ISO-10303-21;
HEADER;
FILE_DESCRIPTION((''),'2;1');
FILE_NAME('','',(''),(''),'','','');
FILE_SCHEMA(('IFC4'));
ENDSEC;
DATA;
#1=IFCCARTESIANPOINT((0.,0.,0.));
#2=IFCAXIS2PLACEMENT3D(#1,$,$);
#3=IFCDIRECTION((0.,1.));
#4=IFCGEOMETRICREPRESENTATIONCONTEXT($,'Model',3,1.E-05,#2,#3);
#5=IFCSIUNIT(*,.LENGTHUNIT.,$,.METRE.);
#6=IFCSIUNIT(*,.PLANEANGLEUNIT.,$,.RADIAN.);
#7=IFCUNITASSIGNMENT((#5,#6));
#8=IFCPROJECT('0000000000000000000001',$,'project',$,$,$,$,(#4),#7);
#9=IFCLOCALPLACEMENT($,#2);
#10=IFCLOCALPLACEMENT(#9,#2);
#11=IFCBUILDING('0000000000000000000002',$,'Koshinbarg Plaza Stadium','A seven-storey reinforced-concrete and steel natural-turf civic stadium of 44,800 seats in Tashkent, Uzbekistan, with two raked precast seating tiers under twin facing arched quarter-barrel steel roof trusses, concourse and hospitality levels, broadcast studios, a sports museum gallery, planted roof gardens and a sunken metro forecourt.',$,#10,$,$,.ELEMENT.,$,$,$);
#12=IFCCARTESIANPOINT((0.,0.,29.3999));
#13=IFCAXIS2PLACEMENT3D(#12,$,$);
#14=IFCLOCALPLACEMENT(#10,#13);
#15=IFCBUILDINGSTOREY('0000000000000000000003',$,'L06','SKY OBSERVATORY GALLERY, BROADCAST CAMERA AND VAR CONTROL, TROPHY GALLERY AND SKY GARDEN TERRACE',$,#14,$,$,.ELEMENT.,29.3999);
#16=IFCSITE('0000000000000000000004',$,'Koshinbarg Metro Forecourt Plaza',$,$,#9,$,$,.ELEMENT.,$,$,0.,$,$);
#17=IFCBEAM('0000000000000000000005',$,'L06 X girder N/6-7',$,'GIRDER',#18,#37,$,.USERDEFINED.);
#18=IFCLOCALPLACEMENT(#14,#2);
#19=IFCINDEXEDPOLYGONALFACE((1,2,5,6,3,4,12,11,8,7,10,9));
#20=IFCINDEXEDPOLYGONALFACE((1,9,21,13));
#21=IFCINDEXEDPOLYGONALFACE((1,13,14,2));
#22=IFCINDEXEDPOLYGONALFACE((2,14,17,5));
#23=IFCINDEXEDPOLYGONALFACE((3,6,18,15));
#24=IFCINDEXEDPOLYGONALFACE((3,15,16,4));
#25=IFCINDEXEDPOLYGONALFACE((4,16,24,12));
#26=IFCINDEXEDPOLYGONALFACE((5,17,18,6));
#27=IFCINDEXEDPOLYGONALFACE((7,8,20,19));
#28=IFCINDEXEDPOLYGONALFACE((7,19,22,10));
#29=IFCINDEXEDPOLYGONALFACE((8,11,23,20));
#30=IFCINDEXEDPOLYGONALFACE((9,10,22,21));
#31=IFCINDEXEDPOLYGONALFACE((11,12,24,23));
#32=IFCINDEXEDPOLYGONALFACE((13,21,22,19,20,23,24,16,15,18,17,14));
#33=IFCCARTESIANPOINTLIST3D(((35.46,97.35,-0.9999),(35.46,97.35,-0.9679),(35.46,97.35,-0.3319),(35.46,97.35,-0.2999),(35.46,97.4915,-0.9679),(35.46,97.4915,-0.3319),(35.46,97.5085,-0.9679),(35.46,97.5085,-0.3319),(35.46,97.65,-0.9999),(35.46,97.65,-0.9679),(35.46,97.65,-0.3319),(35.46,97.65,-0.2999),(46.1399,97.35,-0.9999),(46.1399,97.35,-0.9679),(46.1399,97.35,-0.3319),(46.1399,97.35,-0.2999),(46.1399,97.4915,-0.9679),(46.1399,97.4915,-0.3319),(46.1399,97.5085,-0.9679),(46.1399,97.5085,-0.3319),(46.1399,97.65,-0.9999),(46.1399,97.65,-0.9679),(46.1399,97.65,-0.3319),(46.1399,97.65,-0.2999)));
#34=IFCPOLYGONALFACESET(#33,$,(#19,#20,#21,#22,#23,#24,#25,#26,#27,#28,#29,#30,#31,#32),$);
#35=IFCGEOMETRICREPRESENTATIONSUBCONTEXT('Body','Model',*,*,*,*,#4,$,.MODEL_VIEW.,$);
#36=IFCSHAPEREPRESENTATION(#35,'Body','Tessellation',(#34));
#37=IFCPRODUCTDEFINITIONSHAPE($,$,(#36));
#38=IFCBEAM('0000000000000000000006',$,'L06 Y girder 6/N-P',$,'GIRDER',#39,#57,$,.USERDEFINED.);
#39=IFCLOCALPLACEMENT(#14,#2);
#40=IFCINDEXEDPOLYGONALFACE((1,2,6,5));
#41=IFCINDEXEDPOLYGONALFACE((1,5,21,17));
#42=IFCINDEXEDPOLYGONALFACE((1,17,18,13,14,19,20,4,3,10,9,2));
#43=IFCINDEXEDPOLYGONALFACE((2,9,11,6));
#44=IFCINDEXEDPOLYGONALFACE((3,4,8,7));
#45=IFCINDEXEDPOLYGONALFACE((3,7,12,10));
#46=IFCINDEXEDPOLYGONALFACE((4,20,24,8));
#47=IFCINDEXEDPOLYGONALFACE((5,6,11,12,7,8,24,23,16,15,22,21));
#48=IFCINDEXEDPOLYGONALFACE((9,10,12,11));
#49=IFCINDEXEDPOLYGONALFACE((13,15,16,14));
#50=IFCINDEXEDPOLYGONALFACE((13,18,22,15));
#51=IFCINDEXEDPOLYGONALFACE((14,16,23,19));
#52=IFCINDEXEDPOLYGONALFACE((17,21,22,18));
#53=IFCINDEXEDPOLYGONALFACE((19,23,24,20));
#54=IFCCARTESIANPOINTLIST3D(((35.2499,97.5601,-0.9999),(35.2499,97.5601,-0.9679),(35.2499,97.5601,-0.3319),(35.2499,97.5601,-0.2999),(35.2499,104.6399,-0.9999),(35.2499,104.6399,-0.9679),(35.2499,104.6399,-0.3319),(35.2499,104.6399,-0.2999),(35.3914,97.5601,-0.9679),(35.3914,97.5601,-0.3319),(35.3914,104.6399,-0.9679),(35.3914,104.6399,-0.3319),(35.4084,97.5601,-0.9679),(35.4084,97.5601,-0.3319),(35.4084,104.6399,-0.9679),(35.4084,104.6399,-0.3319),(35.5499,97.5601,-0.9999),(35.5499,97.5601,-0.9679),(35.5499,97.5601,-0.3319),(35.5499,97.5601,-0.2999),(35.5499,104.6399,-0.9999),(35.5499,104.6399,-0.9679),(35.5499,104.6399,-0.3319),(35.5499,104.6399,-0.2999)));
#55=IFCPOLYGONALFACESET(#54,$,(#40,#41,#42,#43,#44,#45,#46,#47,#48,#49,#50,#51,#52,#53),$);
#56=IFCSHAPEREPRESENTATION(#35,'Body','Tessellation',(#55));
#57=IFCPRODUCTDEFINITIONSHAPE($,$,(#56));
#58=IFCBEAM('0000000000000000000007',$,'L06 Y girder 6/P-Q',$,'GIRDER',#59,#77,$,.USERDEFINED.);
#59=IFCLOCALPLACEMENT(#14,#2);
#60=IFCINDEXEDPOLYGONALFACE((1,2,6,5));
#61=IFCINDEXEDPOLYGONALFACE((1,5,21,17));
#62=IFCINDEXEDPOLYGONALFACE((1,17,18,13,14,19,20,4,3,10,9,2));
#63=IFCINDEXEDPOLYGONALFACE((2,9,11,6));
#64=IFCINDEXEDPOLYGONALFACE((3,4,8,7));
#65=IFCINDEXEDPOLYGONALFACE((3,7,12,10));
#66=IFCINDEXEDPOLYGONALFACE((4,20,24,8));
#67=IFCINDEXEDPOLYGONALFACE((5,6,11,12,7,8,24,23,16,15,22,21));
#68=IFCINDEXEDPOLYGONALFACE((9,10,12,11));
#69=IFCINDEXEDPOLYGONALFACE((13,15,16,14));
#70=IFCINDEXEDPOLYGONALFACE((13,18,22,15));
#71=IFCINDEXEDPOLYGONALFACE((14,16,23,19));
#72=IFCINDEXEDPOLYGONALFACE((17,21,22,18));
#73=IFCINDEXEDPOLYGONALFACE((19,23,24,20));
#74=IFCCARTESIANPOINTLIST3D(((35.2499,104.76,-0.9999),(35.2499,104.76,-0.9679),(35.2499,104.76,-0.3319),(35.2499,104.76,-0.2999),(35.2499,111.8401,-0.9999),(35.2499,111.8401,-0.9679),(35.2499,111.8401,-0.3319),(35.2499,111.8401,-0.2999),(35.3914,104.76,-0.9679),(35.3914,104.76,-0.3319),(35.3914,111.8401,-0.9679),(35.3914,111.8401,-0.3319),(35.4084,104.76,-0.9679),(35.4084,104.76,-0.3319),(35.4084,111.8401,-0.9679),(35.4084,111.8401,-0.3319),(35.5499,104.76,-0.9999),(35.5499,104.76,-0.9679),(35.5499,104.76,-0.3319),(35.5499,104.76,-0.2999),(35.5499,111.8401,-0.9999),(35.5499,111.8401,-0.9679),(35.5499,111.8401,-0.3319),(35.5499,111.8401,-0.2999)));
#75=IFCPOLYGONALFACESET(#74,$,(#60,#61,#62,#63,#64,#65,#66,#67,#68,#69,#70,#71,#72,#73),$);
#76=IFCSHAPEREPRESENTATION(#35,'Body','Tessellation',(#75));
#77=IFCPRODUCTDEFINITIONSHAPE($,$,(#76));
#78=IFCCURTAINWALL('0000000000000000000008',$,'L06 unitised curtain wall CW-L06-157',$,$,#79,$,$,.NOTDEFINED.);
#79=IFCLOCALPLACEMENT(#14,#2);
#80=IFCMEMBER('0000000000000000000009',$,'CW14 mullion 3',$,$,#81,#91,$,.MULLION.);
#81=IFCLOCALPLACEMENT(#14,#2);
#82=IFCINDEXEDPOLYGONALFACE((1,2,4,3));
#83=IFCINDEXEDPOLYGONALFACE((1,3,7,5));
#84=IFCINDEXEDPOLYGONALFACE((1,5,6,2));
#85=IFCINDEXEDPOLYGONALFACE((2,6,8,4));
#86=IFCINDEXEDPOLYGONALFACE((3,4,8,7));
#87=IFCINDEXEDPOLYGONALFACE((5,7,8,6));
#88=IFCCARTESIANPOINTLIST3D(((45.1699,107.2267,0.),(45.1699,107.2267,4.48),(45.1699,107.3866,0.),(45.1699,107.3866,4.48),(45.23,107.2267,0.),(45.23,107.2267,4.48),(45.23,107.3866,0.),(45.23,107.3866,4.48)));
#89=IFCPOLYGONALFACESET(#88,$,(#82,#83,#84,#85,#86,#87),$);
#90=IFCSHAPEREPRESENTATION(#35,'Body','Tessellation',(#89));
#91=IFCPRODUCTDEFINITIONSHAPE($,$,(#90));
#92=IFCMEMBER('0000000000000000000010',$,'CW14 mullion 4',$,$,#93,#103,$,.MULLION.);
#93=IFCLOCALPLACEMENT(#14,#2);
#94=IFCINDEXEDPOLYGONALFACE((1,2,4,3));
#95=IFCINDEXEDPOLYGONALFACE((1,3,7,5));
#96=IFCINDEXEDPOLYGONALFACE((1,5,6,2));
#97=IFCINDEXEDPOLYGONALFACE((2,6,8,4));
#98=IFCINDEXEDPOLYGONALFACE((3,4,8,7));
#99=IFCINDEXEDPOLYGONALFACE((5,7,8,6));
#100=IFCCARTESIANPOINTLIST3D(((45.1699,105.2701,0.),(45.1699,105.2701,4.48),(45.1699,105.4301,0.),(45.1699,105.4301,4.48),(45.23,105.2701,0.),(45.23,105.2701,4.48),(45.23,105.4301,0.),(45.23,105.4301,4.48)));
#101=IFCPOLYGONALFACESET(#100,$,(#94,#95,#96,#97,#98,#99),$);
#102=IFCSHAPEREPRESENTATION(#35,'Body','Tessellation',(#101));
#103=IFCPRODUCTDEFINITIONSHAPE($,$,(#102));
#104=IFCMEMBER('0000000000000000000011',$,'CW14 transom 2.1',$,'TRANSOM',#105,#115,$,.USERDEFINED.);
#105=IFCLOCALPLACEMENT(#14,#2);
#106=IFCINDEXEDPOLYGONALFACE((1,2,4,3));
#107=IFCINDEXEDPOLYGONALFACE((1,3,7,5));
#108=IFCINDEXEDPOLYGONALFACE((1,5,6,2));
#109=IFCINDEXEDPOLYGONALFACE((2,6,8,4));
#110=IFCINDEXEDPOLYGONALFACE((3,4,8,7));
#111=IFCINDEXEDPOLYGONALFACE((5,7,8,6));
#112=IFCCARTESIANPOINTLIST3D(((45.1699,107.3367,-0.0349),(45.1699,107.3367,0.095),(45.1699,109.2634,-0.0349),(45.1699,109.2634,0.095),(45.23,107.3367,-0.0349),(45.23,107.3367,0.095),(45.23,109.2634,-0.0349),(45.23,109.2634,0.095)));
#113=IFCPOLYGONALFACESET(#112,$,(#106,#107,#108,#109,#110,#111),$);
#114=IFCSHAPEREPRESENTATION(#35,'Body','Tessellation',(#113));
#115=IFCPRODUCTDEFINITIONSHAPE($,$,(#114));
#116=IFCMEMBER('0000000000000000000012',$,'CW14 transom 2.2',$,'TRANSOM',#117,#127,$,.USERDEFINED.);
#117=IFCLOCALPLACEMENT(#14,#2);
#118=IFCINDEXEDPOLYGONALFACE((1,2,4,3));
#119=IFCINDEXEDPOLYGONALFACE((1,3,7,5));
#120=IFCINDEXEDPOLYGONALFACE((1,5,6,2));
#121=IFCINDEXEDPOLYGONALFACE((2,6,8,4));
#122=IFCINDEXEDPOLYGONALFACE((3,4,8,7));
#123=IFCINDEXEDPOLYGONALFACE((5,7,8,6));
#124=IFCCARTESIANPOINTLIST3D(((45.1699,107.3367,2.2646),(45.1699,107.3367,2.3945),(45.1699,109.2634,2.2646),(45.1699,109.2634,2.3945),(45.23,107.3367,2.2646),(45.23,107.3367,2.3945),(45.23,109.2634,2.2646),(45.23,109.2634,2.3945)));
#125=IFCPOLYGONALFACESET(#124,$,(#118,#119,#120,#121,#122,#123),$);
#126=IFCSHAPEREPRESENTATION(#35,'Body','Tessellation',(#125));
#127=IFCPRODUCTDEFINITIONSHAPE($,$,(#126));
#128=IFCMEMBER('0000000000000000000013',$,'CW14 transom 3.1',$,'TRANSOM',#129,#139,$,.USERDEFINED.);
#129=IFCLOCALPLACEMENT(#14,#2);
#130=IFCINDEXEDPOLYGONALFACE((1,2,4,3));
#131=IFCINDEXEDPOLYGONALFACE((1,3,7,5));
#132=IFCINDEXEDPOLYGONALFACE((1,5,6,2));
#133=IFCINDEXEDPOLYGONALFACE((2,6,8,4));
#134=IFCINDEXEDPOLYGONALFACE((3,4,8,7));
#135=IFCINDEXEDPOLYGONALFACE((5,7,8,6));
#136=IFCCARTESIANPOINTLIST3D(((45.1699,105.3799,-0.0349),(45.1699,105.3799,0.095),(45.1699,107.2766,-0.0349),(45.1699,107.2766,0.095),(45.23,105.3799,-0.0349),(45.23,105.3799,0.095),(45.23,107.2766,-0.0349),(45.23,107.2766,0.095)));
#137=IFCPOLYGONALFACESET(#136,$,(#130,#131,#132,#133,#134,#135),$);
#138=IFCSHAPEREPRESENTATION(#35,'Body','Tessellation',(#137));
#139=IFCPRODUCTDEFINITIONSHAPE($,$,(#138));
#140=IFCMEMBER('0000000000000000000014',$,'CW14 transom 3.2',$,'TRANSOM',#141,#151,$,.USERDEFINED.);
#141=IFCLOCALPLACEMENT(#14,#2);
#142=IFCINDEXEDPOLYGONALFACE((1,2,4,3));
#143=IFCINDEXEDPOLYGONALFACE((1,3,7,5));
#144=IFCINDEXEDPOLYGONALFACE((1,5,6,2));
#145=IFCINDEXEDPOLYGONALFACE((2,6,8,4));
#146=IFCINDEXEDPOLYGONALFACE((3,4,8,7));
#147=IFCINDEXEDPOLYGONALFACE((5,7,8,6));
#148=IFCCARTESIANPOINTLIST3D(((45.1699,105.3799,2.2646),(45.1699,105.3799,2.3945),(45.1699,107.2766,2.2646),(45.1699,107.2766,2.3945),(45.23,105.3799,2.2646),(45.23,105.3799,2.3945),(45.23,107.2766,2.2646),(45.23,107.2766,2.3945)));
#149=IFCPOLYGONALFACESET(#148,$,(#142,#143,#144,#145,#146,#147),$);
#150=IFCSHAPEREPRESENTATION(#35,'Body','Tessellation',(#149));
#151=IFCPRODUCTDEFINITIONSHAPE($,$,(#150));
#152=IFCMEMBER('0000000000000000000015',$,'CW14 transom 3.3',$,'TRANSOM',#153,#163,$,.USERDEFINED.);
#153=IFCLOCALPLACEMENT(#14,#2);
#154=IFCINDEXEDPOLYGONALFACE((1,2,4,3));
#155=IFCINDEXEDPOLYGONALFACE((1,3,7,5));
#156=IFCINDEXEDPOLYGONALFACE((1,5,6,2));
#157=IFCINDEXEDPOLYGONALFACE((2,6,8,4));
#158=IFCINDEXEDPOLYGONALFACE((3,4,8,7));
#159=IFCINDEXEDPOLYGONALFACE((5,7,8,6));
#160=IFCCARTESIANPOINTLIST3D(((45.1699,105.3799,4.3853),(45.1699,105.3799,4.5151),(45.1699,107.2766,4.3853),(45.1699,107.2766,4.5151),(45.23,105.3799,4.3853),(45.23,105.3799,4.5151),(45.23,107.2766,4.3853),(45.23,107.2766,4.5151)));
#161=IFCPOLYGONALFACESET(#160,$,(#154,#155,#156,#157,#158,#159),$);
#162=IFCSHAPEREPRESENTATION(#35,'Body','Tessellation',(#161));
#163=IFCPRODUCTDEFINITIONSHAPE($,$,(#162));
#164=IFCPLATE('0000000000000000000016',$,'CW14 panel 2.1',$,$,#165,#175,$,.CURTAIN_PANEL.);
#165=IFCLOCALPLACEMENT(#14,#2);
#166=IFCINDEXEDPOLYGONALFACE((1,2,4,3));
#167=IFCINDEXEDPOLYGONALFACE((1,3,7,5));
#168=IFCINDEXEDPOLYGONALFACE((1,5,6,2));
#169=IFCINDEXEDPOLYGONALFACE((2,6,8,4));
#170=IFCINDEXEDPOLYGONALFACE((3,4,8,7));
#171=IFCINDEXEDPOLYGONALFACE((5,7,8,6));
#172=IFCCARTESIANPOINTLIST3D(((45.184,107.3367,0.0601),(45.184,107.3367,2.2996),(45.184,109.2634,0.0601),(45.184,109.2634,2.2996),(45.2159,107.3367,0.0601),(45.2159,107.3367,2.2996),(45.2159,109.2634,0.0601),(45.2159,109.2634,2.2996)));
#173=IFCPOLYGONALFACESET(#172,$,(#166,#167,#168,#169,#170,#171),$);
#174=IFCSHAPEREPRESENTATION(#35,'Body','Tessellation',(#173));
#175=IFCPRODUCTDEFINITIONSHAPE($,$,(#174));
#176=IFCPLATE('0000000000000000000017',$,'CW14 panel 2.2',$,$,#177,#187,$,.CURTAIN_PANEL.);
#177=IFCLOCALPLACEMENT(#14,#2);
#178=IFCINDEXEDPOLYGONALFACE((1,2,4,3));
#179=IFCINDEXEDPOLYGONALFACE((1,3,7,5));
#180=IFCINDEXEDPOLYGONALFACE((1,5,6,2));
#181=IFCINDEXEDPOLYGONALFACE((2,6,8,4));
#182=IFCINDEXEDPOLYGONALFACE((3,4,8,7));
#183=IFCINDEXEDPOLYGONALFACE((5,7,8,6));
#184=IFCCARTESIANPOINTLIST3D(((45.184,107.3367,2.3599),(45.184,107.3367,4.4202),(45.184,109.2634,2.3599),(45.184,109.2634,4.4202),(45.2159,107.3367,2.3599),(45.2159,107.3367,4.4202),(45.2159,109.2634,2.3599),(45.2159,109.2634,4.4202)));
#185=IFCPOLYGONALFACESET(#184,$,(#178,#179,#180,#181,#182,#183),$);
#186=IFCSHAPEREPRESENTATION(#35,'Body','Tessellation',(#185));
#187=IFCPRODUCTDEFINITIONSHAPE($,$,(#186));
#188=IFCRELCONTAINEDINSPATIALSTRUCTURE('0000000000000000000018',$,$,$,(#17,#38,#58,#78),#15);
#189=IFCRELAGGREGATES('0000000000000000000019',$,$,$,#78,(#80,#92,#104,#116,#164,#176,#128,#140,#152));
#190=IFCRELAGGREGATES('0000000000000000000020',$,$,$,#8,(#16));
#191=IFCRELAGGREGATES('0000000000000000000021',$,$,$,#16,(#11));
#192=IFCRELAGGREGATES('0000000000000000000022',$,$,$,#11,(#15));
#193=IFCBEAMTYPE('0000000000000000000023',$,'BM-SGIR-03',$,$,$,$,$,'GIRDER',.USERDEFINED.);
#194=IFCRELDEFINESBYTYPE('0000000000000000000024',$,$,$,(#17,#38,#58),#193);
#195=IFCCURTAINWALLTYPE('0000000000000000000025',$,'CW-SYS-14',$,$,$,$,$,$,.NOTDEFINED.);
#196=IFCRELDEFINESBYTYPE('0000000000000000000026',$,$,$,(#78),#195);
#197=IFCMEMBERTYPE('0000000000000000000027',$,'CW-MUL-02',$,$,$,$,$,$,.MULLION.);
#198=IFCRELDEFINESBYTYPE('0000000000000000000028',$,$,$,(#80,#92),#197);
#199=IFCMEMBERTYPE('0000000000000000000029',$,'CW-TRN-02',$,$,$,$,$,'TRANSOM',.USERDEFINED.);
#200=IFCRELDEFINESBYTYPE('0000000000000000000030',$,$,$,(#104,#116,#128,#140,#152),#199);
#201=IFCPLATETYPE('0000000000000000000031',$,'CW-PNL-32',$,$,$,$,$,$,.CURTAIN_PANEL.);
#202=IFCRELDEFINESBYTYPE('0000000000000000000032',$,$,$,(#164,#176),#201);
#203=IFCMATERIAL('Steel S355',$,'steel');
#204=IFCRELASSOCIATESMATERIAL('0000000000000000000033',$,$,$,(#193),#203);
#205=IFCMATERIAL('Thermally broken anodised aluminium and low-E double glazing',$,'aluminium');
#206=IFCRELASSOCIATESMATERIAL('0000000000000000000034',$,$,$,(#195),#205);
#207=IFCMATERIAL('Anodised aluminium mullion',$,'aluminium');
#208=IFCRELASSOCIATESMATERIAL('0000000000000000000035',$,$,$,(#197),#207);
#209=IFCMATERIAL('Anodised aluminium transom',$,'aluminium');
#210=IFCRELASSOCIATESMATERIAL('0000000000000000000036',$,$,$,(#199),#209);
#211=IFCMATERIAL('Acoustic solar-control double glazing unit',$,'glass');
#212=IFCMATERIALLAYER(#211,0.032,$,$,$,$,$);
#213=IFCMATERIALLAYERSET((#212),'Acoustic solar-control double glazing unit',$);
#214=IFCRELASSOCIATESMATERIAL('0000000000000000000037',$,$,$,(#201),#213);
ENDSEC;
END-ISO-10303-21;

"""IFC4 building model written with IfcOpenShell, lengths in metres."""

from ifc_helpers import new_model, si_unit, direction, frame, origin, origin_2d, place, context, subcontext, project, spatial, rectangle, i_section, extrude, material, layer, layer_set, material_profile, profile_set, type_object, element, aggregate, save


model = new_model("IFC4")

# Units and contexts
model_context = context("Model", 3, precision=1e-05, world=origin(), true_north=direction((0.0, 1.0)))
body_context = subcontext(model_context, "Body", "Model", "MODEL_VIEW")
ifc_project = project(units=[si_unit("LENGTHUNIT", "METRE"), si_unit("PLANEANGLEUNIT", "RADIAN")], contexts=[model_context])

# Site, building, storey
site_placement = place(None, origin())
site = spatial("IfcSite", under=ifc_project, at=site_placement, Name="Koshinbarg Metro Forecourt Plaza", CompositionType="ELEMENT", RefElevation=0.0)
building_placement = place(site_placement, origin())
building = spatial("IfcBuilding", under=site, at=building_placement, Name="Koshinbarg Plaza Stadium", Description="A seven-storey reinforced-concrete and steel natural-turf civic stadium of 44,800 seats in Tashkent, Uzbekistan, with two raked precast seating tiers under twin facing arched quarter-barrel steel roof trusses, concourse and hospitality levels, broadcast studios, a sports museum gallery, planted roof gardens and a sunken metro forecourt.", CompositionType="ELEMENT")
storey_placement = place(building_placement, frame((0.0, 0.0, 29.3999)))
storey = spatial("IfcBuildingStorey", under=building, at=storey_placement, Name="L06", Description="SKY OBSERVATORY GALLERY, BROADCAST CAMERA AND VAR CONTROL, TROPHY GALLERY AND SKY GARDEN TERRACE", CompositionType="ELEMENT", Elevation=29.3999)

# Beams
ifc_material_1 = material(Name="Steel S355", Category="steel")
ifc_material_profile_1 = material_profile(ifc_material_1, i_section(OverallWidth=0.3, OverallDepth=0.7, WebThickness=0.0171, FlangeThickness=0.032, at=origin_2d()), Name="HEB 700")
ifc_profile_set_1 = profile_set([ifc_material_profile_1], Name="Steel S355")
beam_type = type_object("IfcBeamType", Name="BM-SGIR-03", ElementType="GIRDER", PredefinedType="USERDEFINED", material=ifc_profile_set_1)
beam_1_placement = place(storey_placement, frame((35.46, 97.5, -0.6499), z_axis=(1.0, 0.0, 0.0), x_axis=(0.0, 1.0, 0.0)))
element("IfcBeam", 1, at=beam_1_placement, inside=storey, type_object=beam_type, Name="L06 X girder N/6-7", ObjectType="GIRDER", PredefinedType="USERDEFINED", context=body_context, shape_type="SweptSolid", body=[
    extrude(i_section(OverallWidth=0.3, OverallDepth=0.7, WebThickness=0.0171, FlangeThickness=0.032, at=origin_2d()), origin(), (0.0, 0.0, 1.0), 10.6799),
])
beam_2_placement = place(storey_placement, frame((35.3999, 97.5601, -0.6499), z_axis=(0.0, 1.0, 0.0), x_axis=(-1.0, 0.0, 0.0)))
element("IfcBeam", 2, at=beam_2_placement, inside=storey, type_object=beam_type, Name="L06 Y girder 6/N-P", ObjectType="GIRDER", PredefinedType="USERDEFINED", context=body_context, shape_type="SweptSolid", body=[
    extrude(i_section(OverallWidth=0.3, OverallDepth=0.7, WebThickness=0.0171, FlangeThickness=0.032, at=origin_2d()), origin(), (0.0, 0.0, 1.0), 7.0798),
])
beam_3_placement = place(storey_placement, frame((35.3999, 104.76, -0.6499), z_axis=(0.0, 1.0, 0.0), x_axis=(-1.0, 0.0, 0.0)))
element("IfcBeam", 3, at=beam_3_placement, inside=storey, type_object=beam_type, Name="L06 Y girder 6/P-Q", ObjectType="GIRDER", PredefinedType="USERDEFINED", context=body_context, shape_type="SweptSolid", body=[
    extrude(i_section(OverallWidth=0.3, OverallDepth=0.7, WebThickness=0.0171, FlangeThickness=0.032, at=origin_2d()), origin(), (0.0, 0.0, 1.0), 7.0801),
])

# Curtain wall, members, plates
ifc_material_2 = material(Name="Thermally broken anodised aluminium and low-E double glazing", Category="aluminium")
curtain_wall_type = type_object("IfcCurtainWallType", Name="CW-SYS-14", PredefinedType="NOTDEFINED", material=ifc_material_2)
curtain_wall_placement = place(storey_placement, origin())
curtain_wall = element("IfcCurtainWall", 4, at=curtain_wall_placement, inside=storey, type_object=curtain_wall_type, Name="L06 unitised curtain wall CW-L06-157", PredefinedType="NOTDEFINED")
ifc_material_3 = material(Name="Anodised aluminium mullion", Category="aluminium")
ifc_material_profile_2 = material_profile(ifc_material_3, rectangle(XDim=0.0601, YDim=0.1599, at=origin_2d()), Name="ALU 60x160")
ifc_profile_set_2 = profile_set([ifc_material_profile_2], Name="Anodised aluminium mullion")
member_type_1 = type_object("IfcMemberType", Name="CW-MUL-02", PredefinedType="MULLION", material=ifc_profile_set_2)
member_1_placement = place(storey_placement, frame((45.2, 107.3066, 0.0), z_axis=(0.0, 0.0, 1.0), x_axis=(1.0, 0.0, 0.0)))
member_1 = element("IfcMember", 5, at=member_1_placement, type_object=member_type_1, Name="CW14 mullion 3", PredefinedType="MULLION", context=body_context, shape_type="SweptSolid", body=[
    extrude(rectangle(XDim=0.0601, YDim=0.1599, at=origin_2d()), origin(), (0.0, 0.0, 1.0), 4.48),
])
member_2_placement = place(storey_placement, frame((45.2, 105.3501, 0.0), z_axis=(0.0, 0.0, 1.0), x_axis=(1.0, 0.0, 0.0)))
member_2 = element("IfcMember", 6, at=member_2_placement, type_object=member_type_1, Name="CW14 mullion 4", PredefinedType="MULLION", context=body_context, shape_type="SweptSolid", body=[
    extrude(rectangle(XDim=0.0601, YDim=0.1599, at=origin_2d()), origin(), (0.0, 0.0, 1.0), 4.48),
])
ifc_material_4 = material(Name="Anodised aluminium transom", Category="aluminium")
ifc_material_profile_3 = material_profile(ifc_material_4, rectangle(XDim=0.0601, YDim=0.1299, at=origin_2d()), Name="ALU 60x130")
ifc_profile_set_3 = profile_set([ifc_material_profile_3], Name="Anodised aluminium transom")
member_type_2 = type_object("IfcMemberType", Name="CW-TRN-02", ElementType="TRANSOM", PredefinedType="USERDEFINED", material=ifc_profile_set_3)
member_3_placement = place(storey_placement, frame((45.2, 109.2634, 0.03), z_axis=(0.0, -1.0, 0.0), x_axis=(1.0, 0.0, 0.0)))
member_3 = element("IfcMember", 7, at=member_3_placement, type_object=member_type_2, Name="CW14 transom 2.1", ObjectType="TRANSOM", PredefinedType="USERDEFINED", context=body_context, shape_type="SweptSolid", body=[
    extrude(rectangle(XDim=0.0601, YDim=0.1299, at=origin_2d()), origin(), (0.0, 0.0, 1.0), 1.9268),
])
member_4_placement = place(storey_placement, frame((45.2, 109.2634, 2.3296), z_axis=(0.0, -1.0, 0.0), x_axis=(1.0, 0.0, 0.0)))
member_4 = element("IfcMember", 8, at=member_4_placement, type_object=member_type_2, Name="CW14 transom 2.2", ObjectType="TRANSOM", PredefinedType="USERDEFINED", context=body_context, shape_type="SweptSolid", body=[
    extrude(rectangle(XDim=0.0601, YDim=0.1299, at=origin_2d()), origin(), (0.0, 0.0, 1.0), 1.9268),
])
member_5_placement = place(storey_placement, frame((45.2, 107.2766, 0.03), z_axis=(0.0, -1.0, 0.0), x_axis=(1.0, 0.0, 0.0)))
member_5 = element("IfcMember", 9, at=member_5_placement, type_object=member_type_2, Name="CW14 transom 3.1", ObjectType="TRANSOM", PredefinedType="USERDEFINED", context=body_context, shape_type="SweptSolid", body=[
    extrude(rectangle(XDim=0.0601, YDim=0.1299, at=origin_2d()), origin(), (0.0, 0.0, 1.0), 1.8967),
])
member_6_placement = place(storey_placement, frame((45.2, 107.2766, 2.3296), z_axis=(0.0, -1.0, 0.0), x_axis=(1.0, 0.0, 0.0)))
member_6 = element("IfcMember", 10, at=member_6_placement, type_object=member_type_2, Name="CW14 transom 3.2", ObjectType="TRANSOM", PredefinedType="USERDEFINED", context=body_context, shape_type="SweptSolid", body=[
    extrude(rectangle(XDim=0.0601, YDim=0.1299, at=origin_2d()), origin(), (0.0, 0.0, 1.0), 1.8967),
])
member_7_placement = place(storey_placement, frame((45.2, 107.2766, 4.4502), z_axis=(0.0, -1.0, 0.0), x_axis=(1.0, 0.0, 0.0)))
member_7 = element("IfcMember", 11, at=member_7_placement, type_object=member_type_2, Name="CW14 transom 3.3", ObjectType="TRANSOM", PredefinedType="USERDEFINED", context=body_context, shape_type="SweptSolid", body=[
    extrude(rectangle(XDim=0.0601, YDim=0.1299, at=origin_2d()), origin(), (0.0, 0.0, 1.0), 1.8967),
])
ifc_material_5 = material(Name="Acoustic solar-control double glazing unit", Category="glass")
ifc_layer_1 = layer(ifc_material_5, 0.032)
ifc_layer_set_1 = layer_set([ifc_layer_1], Name="Acoustic solar-control double glazing unit")
plate_type = type_object("IfcPlateType", Name="CW-PNL-32", PredefinedType="CURTAIN_PANEL", material=ifc_layer_set_1)
plate_1_placement = place(storey_placement, frame((45.2, 108.3, 0.0601), z_axis=(0.0, 0.0, 1.0), x_axis=(0.0, -1.0, 0.0)))
plate_1 = element("IfcPlate", 12, at=plate_1_placement, type_object=plate_type, Name="CW14 panel 2.1", PredefinedType="CURTAIN_PANEL", context=body_context, shape_type="SweptSolid", body=[
    extrude(rectangle(XDim=1.9268, YDim=0.032, at=origin_2d()), origin(), (0.0, 0.0, 1.0), 2.2395),
])
plate_2_placement = place(storey_placement, frame((45.2, 108.3, 2.3599), z_axis=(0.0, 0.0, 1.0), x_axis=(0.0, -1.0, 0.0)))
plate_2 = element("IfcPlate", 13, at=plate_2_placement, type_object=plate_type, Name="CW14 panel 2.2", PredefinedType="CURTAIN_PANEL", context=body_context, shape_type="SweptSolid", body=[
    extrude(rectangle(XDim=1.9268, YDim=0.032, at=origin_2d()), origin(), (0.0, 0.0, 1.0), 2.0603),
])
aggregate(curtain_wall, [member_1, member_2, member_3, member_4, plate_1, plate_2, member_5, member_6, member_7])

save(model, "model.ifc")
